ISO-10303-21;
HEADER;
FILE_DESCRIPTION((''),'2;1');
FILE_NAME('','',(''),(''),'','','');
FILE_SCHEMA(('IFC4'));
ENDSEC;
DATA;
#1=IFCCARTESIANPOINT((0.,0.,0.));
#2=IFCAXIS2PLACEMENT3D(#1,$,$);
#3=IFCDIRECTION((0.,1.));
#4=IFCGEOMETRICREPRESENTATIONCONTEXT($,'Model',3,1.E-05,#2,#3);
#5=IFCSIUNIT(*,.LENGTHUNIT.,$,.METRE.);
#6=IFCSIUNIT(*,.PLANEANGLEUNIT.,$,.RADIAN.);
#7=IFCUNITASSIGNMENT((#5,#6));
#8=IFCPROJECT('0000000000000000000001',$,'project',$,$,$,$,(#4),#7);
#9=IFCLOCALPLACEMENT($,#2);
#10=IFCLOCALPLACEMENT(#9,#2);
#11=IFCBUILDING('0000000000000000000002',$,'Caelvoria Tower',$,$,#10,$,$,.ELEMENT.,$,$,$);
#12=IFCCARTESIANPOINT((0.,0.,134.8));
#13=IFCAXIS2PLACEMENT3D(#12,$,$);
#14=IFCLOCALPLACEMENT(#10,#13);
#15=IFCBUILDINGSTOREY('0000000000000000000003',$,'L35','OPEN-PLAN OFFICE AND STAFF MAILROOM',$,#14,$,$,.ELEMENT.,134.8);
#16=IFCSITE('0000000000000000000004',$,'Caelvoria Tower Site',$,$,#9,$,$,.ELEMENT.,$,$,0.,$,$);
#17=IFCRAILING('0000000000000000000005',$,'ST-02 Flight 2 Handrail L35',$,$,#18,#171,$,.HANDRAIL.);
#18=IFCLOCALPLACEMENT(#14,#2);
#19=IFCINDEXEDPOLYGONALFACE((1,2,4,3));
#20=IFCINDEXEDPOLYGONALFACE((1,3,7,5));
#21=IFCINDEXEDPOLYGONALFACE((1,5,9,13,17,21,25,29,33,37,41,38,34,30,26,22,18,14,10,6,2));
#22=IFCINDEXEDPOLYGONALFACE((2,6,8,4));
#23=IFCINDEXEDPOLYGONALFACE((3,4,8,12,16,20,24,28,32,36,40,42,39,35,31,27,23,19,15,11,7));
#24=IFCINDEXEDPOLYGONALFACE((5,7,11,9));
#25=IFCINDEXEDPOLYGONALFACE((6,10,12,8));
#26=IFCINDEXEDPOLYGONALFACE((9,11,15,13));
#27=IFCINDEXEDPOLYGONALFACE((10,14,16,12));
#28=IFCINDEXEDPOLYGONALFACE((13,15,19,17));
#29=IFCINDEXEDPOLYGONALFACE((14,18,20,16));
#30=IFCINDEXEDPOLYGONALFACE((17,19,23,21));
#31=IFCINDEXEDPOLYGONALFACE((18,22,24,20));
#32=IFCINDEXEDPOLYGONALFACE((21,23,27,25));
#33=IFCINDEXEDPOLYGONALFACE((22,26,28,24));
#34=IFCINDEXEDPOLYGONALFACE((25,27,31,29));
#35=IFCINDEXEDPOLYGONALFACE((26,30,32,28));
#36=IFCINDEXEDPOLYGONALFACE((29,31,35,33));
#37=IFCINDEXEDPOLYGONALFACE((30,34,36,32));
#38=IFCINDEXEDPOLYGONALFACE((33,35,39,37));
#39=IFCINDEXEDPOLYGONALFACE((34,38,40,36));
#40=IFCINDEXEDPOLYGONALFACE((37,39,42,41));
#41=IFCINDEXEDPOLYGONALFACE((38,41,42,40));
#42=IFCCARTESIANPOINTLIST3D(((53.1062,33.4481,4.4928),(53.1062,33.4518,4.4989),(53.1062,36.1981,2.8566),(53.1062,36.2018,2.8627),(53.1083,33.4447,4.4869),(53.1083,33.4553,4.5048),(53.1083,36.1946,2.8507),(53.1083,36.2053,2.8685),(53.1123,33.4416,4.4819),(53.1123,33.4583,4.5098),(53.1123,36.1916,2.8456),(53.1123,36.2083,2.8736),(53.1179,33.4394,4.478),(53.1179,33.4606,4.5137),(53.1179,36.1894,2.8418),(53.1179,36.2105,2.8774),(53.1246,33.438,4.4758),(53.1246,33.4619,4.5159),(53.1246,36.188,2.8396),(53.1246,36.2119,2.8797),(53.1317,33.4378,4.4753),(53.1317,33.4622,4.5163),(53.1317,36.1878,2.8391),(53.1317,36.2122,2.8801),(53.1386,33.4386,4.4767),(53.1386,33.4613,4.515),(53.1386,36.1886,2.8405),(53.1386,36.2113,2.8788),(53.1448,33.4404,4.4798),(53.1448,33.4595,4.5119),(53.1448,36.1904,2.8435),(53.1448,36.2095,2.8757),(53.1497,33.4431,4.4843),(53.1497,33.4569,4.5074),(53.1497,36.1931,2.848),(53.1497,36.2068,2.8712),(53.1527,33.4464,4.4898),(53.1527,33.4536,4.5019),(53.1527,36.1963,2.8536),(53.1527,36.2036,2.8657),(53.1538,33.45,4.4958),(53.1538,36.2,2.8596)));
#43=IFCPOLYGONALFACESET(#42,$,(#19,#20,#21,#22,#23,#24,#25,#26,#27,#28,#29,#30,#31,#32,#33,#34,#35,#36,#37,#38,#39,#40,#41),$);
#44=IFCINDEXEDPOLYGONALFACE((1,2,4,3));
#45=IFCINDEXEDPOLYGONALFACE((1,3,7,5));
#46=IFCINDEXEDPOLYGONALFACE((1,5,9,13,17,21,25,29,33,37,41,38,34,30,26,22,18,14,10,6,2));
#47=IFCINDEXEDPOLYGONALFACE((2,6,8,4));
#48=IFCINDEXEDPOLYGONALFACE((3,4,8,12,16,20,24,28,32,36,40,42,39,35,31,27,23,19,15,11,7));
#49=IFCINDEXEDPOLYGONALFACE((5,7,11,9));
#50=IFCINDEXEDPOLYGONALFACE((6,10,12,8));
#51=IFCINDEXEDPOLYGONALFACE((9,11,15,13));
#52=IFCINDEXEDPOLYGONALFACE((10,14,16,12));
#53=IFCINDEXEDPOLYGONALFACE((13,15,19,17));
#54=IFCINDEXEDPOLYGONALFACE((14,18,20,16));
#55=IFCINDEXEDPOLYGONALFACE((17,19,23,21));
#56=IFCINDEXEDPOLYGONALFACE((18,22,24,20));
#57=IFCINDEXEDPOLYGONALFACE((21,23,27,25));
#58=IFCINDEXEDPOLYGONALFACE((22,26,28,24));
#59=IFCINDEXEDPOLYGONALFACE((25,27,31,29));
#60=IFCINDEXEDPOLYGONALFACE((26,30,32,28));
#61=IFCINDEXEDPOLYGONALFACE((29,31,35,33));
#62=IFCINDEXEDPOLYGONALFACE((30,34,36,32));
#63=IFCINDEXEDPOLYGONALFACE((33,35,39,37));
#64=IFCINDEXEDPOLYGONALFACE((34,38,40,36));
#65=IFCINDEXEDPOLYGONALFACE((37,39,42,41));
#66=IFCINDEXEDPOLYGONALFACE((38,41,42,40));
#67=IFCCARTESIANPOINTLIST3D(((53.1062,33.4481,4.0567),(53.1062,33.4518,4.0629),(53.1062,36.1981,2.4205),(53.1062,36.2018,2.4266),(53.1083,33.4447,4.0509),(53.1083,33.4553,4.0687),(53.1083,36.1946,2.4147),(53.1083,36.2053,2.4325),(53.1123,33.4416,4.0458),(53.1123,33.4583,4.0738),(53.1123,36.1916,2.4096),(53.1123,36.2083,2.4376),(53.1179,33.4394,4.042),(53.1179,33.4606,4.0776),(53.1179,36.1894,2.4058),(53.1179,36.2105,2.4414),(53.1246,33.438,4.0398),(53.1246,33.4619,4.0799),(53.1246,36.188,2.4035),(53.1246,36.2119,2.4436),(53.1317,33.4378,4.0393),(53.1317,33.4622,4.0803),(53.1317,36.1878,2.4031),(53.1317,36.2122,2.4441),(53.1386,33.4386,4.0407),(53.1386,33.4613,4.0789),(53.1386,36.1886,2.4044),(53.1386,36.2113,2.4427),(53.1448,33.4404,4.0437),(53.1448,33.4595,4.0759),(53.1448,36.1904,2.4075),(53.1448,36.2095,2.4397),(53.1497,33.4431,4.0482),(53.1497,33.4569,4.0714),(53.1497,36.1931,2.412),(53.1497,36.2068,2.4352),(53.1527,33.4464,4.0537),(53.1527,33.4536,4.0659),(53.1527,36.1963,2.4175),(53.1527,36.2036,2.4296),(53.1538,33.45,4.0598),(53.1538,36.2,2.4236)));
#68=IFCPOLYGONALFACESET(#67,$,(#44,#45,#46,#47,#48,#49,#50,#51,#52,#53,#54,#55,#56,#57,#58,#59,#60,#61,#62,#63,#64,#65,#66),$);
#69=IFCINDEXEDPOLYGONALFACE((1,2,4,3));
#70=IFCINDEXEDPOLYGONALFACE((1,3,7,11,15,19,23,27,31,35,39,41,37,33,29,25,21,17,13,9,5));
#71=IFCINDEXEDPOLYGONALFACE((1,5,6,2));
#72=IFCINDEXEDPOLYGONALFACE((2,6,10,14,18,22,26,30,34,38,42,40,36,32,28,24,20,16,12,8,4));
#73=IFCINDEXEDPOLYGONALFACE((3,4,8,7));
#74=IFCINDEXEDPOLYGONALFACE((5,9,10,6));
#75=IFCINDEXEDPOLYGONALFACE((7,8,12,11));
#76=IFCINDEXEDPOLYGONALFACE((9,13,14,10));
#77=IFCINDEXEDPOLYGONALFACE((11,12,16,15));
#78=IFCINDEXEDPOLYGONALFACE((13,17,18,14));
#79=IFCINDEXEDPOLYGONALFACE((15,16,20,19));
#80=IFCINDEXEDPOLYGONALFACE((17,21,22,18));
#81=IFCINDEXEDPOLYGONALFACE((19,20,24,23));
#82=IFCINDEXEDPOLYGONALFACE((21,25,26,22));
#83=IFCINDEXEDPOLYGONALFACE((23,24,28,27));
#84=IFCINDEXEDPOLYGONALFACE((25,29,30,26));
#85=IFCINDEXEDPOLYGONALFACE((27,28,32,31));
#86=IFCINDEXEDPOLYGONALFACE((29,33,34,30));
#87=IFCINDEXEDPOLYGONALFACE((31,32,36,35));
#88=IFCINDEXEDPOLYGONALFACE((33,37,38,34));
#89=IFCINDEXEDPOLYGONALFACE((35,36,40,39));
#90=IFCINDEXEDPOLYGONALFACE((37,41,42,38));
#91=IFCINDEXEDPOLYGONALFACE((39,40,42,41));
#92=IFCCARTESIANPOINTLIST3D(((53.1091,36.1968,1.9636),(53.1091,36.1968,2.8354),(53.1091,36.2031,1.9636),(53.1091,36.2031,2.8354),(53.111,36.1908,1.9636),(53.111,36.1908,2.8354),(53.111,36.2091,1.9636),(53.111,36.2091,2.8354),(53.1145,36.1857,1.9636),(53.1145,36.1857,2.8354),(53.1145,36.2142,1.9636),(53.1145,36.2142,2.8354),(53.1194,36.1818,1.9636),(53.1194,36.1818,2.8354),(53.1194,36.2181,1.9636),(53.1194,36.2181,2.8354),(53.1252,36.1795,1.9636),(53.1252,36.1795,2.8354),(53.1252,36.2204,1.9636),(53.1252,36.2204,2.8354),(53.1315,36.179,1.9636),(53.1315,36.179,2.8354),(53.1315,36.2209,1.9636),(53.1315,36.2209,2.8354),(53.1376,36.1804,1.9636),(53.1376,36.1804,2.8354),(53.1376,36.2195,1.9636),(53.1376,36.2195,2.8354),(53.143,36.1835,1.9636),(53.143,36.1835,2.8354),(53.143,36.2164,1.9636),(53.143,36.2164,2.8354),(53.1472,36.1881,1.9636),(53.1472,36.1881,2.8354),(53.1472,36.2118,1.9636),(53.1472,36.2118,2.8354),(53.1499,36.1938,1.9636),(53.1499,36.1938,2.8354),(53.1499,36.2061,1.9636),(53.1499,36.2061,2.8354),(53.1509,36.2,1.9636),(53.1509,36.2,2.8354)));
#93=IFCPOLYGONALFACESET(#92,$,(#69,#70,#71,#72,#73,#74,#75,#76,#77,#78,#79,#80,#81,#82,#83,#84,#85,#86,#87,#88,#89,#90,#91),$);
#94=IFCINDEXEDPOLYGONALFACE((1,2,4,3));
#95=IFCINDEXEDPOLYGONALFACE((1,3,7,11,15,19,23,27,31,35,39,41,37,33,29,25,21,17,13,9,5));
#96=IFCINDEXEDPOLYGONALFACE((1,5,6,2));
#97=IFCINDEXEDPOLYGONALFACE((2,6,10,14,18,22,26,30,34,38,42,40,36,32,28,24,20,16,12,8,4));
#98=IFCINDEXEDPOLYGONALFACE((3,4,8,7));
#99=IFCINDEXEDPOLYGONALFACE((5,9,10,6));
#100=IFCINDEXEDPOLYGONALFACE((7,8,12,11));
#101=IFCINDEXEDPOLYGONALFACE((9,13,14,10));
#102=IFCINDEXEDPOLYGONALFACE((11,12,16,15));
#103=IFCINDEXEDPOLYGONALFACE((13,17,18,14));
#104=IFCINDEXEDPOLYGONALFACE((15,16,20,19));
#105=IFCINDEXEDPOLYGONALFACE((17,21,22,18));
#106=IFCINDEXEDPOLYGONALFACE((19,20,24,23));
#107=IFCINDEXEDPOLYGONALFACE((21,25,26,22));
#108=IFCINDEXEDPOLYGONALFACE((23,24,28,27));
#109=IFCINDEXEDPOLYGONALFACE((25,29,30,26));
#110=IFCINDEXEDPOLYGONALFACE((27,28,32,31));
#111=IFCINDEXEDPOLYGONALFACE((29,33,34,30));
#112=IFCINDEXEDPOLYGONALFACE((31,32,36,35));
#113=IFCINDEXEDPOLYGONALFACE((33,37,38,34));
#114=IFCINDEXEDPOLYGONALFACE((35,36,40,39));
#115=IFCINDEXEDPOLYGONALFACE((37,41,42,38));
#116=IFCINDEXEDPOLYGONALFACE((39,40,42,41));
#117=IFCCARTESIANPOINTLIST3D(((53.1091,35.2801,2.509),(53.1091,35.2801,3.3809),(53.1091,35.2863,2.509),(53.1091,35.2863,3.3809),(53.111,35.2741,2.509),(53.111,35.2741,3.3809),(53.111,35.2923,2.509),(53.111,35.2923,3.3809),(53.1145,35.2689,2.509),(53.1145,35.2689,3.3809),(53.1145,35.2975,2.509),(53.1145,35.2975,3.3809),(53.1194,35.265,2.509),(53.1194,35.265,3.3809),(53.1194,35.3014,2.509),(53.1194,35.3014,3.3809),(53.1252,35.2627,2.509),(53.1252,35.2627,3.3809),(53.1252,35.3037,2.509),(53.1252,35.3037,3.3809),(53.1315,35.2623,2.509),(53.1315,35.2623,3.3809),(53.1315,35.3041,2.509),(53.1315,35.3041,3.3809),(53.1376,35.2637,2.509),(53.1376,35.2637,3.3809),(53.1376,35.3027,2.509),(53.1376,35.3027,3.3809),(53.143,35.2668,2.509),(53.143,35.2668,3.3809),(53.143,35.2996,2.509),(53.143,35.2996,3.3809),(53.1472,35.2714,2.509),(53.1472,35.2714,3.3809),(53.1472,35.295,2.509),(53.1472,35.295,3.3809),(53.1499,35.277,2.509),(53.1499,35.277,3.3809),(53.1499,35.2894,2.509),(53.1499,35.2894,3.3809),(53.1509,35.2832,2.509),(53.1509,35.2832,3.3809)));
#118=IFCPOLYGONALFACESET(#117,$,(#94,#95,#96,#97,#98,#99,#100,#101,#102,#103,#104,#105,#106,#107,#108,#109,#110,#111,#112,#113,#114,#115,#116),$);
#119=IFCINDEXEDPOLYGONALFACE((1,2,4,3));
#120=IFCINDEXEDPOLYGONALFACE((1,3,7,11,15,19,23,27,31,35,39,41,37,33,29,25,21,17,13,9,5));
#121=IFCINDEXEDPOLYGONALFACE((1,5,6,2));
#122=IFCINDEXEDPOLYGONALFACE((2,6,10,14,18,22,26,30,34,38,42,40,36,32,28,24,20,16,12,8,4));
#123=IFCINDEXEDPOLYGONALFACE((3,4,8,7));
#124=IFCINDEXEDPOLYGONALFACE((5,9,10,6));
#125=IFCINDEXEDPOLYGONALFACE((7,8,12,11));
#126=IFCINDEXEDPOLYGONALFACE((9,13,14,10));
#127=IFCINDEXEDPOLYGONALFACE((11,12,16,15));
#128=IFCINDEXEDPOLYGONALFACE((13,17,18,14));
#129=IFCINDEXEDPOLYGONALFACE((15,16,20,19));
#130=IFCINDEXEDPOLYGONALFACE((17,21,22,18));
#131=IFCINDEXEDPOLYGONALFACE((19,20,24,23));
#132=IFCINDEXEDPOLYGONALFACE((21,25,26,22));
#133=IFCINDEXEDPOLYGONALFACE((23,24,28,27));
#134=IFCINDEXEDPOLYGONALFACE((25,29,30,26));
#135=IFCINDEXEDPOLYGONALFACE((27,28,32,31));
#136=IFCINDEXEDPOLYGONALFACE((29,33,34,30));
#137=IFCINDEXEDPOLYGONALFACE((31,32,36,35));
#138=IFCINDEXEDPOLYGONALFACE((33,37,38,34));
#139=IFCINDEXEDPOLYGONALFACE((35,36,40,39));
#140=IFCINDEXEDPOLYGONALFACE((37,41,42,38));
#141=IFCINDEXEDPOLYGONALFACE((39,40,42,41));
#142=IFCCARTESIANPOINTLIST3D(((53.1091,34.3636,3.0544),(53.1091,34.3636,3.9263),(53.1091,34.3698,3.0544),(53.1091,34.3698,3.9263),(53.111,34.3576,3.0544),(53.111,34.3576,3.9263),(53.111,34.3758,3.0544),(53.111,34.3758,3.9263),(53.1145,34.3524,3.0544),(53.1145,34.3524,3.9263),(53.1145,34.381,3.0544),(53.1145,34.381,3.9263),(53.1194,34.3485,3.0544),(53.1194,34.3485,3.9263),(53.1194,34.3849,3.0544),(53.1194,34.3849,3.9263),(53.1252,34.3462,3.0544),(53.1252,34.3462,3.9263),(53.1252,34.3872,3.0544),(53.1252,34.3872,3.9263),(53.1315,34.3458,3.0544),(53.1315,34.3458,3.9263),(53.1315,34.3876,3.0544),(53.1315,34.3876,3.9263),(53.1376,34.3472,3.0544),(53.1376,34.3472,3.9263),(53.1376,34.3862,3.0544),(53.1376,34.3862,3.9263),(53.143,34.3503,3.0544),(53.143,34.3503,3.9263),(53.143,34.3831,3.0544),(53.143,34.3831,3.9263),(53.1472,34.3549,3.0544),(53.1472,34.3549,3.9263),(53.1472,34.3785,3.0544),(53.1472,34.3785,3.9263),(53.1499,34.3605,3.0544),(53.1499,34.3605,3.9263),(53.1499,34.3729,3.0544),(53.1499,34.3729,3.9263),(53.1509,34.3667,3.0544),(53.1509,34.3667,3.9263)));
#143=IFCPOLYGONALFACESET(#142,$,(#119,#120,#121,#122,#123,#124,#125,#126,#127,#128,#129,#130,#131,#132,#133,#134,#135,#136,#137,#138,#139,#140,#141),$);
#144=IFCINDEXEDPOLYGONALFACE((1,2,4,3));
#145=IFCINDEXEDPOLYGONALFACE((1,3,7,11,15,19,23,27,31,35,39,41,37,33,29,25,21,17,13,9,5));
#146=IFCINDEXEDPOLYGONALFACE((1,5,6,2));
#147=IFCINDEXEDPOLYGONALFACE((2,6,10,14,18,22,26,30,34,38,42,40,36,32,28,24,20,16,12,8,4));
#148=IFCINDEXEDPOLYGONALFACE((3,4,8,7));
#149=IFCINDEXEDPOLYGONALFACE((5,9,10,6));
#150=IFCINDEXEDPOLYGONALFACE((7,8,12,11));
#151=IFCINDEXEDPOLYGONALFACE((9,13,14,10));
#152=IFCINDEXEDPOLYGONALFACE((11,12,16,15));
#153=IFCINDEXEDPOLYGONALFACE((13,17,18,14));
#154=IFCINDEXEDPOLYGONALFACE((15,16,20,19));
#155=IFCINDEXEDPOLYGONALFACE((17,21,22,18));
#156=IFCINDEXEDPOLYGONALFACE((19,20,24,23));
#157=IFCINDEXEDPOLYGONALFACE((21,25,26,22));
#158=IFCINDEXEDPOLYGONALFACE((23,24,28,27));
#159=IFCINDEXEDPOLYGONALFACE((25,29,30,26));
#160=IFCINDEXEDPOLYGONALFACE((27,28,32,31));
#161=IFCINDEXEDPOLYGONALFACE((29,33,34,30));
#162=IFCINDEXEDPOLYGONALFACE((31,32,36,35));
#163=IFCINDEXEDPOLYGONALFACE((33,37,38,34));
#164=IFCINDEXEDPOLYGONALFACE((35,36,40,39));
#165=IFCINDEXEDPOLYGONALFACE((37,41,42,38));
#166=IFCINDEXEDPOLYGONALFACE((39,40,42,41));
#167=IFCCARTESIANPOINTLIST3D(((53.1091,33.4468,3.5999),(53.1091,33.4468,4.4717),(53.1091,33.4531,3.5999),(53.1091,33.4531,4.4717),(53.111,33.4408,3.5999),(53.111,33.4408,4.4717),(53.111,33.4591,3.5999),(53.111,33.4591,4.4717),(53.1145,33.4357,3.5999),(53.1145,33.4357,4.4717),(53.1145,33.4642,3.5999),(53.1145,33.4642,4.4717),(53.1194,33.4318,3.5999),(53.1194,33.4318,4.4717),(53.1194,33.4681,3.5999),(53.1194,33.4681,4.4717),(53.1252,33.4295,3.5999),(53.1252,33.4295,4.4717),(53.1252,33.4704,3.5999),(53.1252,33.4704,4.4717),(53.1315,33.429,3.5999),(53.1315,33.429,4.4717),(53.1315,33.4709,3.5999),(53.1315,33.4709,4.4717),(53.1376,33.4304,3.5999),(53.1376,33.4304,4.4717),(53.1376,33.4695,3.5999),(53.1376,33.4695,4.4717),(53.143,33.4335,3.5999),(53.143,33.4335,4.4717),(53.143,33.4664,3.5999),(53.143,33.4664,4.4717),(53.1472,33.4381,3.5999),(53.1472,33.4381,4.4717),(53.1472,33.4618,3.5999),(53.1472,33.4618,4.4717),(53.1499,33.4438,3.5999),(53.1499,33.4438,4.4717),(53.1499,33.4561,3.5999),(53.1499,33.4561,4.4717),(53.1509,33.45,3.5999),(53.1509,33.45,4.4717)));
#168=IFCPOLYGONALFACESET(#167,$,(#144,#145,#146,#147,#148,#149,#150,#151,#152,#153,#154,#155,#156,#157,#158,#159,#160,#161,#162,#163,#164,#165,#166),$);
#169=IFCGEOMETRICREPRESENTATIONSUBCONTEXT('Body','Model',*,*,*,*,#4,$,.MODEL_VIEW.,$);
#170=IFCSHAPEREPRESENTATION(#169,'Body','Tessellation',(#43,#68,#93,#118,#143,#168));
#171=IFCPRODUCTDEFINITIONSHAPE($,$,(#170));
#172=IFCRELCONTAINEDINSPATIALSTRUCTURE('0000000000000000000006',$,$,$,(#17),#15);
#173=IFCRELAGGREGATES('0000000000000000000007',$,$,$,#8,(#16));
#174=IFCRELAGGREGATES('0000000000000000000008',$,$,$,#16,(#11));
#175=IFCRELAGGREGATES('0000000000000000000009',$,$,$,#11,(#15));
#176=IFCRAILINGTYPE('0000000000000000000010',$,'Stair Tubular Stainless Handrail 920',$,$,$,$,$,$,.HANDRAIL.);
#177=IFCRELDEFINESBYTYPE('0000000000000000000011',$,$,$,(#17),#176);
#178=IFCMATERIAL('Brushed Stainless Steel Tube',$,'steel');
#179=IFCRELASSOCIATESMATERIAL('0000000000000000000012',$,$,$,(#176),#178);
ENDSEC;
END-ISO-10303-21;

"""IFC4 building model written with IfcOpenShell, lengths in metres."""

from ifc_helpers import new_model, si_unit, direction, frame, origin, origin_2d, place, context, subcontext, project, spatial, circle, extrude, material, type_object, element, save


model = new_model("IFC4")

# Units and contexts
model_context = context("Model", 3, precision=1e-05, world=origin(), true_north=direction((0.0, 1.0)))
body_context = subcontext(model_context, "Body", "Model", "MODEL_VIEW")
ifc_project = project(units=[si_unit("LENGTHUNIT", "METRE"), si_unit("PLANEANGLEUNIT", "RADIAN")], contexts=[model_context])

# Site, building, storey
site_placement = place(None, origin())
site = spatial("IfcSite", under=ifc_project, at=site_placement, Name="Caelvoria Tower Site", CompositionType="ELEMENT", RefElevation=0.0)
building_placement = place(site_placement, origin())
building = spatial("IfcBuilding", under=site, at=building_placement, Name="Caelvoria Tower", CompositionType="ELEMENT")
storey_placement = place(building_placement, frame((0.0, 0.0, 134.8)))
storey = spatial("IfcBuildingStorey", under=building, at=storey_placement, Name="L35", Description="OPEN-PLAN OFFICE AND STAFF MAILROOM", CompositionType="ELEMENT", Elevation=134.8)

# Railing
ifc_material_1 = material(Name="Brushed Stainless Steel Tube", Category="steel")
railing_type_1 = type_object("IfcRailingType", Name="Stair Tubular Stainless Handrail 920", PredefinedType="HANDRAIL", material=ifc_material_1)
railing_1_placement = place(storey_placement, frame((53.1299, 36.2, 1.9636)))
element("IfcRailing", 1, at=railing_1_placement, inside=storey, type_object=railing_type_1, Name="ST-02 Flight 2 Handrail L35", PredefinedType="HANDRAIL", context=body_context, shape_type="SweptSolid", body=[
    extrude(circle(Radius=0.0239, at=origin_2d()), frame((0.0, 0.0, 0.896), z_axis=(0.0, -0.859385, 0.511328), x_axis=(1.0, 0.0, 0.0)), (0.0, 0.0, 1.0), 3.2),
    extrude(circle(Radius=0.0239, at=origin_2d()), frame((0.0, 0.0, 0.46), z_axis=(0.0, -0.859385, 0.511328), x_axis=(1.0, 0.0, 0.0)), (0.0, 0.0, 1.0), 3.2),
    extrude(circle(Radius=0.021, at=origin_2d()), origin(), (0.0, 0.0, 1.0), 0.8718),
    extrude(circle(Radius=0.021, at=origin_2d()), frame((0.0, -0.9167, 0.5454)), (0.0, 0.0, 1.0), 0.8718),
    extrude(circle(Radius=0.021, at=origin_2d()), frame((0.0, -1.8333, 1.0908)), (0.0, 0.0, 1.0), 0.8718),
    extrude(circle(Radius=0.021, at=origin_2d()), frame((0.0, -2.75, 1.6362)), (0.0, 0.0, 1.0), 0.8718),
])

save(model, "model.ifc")
